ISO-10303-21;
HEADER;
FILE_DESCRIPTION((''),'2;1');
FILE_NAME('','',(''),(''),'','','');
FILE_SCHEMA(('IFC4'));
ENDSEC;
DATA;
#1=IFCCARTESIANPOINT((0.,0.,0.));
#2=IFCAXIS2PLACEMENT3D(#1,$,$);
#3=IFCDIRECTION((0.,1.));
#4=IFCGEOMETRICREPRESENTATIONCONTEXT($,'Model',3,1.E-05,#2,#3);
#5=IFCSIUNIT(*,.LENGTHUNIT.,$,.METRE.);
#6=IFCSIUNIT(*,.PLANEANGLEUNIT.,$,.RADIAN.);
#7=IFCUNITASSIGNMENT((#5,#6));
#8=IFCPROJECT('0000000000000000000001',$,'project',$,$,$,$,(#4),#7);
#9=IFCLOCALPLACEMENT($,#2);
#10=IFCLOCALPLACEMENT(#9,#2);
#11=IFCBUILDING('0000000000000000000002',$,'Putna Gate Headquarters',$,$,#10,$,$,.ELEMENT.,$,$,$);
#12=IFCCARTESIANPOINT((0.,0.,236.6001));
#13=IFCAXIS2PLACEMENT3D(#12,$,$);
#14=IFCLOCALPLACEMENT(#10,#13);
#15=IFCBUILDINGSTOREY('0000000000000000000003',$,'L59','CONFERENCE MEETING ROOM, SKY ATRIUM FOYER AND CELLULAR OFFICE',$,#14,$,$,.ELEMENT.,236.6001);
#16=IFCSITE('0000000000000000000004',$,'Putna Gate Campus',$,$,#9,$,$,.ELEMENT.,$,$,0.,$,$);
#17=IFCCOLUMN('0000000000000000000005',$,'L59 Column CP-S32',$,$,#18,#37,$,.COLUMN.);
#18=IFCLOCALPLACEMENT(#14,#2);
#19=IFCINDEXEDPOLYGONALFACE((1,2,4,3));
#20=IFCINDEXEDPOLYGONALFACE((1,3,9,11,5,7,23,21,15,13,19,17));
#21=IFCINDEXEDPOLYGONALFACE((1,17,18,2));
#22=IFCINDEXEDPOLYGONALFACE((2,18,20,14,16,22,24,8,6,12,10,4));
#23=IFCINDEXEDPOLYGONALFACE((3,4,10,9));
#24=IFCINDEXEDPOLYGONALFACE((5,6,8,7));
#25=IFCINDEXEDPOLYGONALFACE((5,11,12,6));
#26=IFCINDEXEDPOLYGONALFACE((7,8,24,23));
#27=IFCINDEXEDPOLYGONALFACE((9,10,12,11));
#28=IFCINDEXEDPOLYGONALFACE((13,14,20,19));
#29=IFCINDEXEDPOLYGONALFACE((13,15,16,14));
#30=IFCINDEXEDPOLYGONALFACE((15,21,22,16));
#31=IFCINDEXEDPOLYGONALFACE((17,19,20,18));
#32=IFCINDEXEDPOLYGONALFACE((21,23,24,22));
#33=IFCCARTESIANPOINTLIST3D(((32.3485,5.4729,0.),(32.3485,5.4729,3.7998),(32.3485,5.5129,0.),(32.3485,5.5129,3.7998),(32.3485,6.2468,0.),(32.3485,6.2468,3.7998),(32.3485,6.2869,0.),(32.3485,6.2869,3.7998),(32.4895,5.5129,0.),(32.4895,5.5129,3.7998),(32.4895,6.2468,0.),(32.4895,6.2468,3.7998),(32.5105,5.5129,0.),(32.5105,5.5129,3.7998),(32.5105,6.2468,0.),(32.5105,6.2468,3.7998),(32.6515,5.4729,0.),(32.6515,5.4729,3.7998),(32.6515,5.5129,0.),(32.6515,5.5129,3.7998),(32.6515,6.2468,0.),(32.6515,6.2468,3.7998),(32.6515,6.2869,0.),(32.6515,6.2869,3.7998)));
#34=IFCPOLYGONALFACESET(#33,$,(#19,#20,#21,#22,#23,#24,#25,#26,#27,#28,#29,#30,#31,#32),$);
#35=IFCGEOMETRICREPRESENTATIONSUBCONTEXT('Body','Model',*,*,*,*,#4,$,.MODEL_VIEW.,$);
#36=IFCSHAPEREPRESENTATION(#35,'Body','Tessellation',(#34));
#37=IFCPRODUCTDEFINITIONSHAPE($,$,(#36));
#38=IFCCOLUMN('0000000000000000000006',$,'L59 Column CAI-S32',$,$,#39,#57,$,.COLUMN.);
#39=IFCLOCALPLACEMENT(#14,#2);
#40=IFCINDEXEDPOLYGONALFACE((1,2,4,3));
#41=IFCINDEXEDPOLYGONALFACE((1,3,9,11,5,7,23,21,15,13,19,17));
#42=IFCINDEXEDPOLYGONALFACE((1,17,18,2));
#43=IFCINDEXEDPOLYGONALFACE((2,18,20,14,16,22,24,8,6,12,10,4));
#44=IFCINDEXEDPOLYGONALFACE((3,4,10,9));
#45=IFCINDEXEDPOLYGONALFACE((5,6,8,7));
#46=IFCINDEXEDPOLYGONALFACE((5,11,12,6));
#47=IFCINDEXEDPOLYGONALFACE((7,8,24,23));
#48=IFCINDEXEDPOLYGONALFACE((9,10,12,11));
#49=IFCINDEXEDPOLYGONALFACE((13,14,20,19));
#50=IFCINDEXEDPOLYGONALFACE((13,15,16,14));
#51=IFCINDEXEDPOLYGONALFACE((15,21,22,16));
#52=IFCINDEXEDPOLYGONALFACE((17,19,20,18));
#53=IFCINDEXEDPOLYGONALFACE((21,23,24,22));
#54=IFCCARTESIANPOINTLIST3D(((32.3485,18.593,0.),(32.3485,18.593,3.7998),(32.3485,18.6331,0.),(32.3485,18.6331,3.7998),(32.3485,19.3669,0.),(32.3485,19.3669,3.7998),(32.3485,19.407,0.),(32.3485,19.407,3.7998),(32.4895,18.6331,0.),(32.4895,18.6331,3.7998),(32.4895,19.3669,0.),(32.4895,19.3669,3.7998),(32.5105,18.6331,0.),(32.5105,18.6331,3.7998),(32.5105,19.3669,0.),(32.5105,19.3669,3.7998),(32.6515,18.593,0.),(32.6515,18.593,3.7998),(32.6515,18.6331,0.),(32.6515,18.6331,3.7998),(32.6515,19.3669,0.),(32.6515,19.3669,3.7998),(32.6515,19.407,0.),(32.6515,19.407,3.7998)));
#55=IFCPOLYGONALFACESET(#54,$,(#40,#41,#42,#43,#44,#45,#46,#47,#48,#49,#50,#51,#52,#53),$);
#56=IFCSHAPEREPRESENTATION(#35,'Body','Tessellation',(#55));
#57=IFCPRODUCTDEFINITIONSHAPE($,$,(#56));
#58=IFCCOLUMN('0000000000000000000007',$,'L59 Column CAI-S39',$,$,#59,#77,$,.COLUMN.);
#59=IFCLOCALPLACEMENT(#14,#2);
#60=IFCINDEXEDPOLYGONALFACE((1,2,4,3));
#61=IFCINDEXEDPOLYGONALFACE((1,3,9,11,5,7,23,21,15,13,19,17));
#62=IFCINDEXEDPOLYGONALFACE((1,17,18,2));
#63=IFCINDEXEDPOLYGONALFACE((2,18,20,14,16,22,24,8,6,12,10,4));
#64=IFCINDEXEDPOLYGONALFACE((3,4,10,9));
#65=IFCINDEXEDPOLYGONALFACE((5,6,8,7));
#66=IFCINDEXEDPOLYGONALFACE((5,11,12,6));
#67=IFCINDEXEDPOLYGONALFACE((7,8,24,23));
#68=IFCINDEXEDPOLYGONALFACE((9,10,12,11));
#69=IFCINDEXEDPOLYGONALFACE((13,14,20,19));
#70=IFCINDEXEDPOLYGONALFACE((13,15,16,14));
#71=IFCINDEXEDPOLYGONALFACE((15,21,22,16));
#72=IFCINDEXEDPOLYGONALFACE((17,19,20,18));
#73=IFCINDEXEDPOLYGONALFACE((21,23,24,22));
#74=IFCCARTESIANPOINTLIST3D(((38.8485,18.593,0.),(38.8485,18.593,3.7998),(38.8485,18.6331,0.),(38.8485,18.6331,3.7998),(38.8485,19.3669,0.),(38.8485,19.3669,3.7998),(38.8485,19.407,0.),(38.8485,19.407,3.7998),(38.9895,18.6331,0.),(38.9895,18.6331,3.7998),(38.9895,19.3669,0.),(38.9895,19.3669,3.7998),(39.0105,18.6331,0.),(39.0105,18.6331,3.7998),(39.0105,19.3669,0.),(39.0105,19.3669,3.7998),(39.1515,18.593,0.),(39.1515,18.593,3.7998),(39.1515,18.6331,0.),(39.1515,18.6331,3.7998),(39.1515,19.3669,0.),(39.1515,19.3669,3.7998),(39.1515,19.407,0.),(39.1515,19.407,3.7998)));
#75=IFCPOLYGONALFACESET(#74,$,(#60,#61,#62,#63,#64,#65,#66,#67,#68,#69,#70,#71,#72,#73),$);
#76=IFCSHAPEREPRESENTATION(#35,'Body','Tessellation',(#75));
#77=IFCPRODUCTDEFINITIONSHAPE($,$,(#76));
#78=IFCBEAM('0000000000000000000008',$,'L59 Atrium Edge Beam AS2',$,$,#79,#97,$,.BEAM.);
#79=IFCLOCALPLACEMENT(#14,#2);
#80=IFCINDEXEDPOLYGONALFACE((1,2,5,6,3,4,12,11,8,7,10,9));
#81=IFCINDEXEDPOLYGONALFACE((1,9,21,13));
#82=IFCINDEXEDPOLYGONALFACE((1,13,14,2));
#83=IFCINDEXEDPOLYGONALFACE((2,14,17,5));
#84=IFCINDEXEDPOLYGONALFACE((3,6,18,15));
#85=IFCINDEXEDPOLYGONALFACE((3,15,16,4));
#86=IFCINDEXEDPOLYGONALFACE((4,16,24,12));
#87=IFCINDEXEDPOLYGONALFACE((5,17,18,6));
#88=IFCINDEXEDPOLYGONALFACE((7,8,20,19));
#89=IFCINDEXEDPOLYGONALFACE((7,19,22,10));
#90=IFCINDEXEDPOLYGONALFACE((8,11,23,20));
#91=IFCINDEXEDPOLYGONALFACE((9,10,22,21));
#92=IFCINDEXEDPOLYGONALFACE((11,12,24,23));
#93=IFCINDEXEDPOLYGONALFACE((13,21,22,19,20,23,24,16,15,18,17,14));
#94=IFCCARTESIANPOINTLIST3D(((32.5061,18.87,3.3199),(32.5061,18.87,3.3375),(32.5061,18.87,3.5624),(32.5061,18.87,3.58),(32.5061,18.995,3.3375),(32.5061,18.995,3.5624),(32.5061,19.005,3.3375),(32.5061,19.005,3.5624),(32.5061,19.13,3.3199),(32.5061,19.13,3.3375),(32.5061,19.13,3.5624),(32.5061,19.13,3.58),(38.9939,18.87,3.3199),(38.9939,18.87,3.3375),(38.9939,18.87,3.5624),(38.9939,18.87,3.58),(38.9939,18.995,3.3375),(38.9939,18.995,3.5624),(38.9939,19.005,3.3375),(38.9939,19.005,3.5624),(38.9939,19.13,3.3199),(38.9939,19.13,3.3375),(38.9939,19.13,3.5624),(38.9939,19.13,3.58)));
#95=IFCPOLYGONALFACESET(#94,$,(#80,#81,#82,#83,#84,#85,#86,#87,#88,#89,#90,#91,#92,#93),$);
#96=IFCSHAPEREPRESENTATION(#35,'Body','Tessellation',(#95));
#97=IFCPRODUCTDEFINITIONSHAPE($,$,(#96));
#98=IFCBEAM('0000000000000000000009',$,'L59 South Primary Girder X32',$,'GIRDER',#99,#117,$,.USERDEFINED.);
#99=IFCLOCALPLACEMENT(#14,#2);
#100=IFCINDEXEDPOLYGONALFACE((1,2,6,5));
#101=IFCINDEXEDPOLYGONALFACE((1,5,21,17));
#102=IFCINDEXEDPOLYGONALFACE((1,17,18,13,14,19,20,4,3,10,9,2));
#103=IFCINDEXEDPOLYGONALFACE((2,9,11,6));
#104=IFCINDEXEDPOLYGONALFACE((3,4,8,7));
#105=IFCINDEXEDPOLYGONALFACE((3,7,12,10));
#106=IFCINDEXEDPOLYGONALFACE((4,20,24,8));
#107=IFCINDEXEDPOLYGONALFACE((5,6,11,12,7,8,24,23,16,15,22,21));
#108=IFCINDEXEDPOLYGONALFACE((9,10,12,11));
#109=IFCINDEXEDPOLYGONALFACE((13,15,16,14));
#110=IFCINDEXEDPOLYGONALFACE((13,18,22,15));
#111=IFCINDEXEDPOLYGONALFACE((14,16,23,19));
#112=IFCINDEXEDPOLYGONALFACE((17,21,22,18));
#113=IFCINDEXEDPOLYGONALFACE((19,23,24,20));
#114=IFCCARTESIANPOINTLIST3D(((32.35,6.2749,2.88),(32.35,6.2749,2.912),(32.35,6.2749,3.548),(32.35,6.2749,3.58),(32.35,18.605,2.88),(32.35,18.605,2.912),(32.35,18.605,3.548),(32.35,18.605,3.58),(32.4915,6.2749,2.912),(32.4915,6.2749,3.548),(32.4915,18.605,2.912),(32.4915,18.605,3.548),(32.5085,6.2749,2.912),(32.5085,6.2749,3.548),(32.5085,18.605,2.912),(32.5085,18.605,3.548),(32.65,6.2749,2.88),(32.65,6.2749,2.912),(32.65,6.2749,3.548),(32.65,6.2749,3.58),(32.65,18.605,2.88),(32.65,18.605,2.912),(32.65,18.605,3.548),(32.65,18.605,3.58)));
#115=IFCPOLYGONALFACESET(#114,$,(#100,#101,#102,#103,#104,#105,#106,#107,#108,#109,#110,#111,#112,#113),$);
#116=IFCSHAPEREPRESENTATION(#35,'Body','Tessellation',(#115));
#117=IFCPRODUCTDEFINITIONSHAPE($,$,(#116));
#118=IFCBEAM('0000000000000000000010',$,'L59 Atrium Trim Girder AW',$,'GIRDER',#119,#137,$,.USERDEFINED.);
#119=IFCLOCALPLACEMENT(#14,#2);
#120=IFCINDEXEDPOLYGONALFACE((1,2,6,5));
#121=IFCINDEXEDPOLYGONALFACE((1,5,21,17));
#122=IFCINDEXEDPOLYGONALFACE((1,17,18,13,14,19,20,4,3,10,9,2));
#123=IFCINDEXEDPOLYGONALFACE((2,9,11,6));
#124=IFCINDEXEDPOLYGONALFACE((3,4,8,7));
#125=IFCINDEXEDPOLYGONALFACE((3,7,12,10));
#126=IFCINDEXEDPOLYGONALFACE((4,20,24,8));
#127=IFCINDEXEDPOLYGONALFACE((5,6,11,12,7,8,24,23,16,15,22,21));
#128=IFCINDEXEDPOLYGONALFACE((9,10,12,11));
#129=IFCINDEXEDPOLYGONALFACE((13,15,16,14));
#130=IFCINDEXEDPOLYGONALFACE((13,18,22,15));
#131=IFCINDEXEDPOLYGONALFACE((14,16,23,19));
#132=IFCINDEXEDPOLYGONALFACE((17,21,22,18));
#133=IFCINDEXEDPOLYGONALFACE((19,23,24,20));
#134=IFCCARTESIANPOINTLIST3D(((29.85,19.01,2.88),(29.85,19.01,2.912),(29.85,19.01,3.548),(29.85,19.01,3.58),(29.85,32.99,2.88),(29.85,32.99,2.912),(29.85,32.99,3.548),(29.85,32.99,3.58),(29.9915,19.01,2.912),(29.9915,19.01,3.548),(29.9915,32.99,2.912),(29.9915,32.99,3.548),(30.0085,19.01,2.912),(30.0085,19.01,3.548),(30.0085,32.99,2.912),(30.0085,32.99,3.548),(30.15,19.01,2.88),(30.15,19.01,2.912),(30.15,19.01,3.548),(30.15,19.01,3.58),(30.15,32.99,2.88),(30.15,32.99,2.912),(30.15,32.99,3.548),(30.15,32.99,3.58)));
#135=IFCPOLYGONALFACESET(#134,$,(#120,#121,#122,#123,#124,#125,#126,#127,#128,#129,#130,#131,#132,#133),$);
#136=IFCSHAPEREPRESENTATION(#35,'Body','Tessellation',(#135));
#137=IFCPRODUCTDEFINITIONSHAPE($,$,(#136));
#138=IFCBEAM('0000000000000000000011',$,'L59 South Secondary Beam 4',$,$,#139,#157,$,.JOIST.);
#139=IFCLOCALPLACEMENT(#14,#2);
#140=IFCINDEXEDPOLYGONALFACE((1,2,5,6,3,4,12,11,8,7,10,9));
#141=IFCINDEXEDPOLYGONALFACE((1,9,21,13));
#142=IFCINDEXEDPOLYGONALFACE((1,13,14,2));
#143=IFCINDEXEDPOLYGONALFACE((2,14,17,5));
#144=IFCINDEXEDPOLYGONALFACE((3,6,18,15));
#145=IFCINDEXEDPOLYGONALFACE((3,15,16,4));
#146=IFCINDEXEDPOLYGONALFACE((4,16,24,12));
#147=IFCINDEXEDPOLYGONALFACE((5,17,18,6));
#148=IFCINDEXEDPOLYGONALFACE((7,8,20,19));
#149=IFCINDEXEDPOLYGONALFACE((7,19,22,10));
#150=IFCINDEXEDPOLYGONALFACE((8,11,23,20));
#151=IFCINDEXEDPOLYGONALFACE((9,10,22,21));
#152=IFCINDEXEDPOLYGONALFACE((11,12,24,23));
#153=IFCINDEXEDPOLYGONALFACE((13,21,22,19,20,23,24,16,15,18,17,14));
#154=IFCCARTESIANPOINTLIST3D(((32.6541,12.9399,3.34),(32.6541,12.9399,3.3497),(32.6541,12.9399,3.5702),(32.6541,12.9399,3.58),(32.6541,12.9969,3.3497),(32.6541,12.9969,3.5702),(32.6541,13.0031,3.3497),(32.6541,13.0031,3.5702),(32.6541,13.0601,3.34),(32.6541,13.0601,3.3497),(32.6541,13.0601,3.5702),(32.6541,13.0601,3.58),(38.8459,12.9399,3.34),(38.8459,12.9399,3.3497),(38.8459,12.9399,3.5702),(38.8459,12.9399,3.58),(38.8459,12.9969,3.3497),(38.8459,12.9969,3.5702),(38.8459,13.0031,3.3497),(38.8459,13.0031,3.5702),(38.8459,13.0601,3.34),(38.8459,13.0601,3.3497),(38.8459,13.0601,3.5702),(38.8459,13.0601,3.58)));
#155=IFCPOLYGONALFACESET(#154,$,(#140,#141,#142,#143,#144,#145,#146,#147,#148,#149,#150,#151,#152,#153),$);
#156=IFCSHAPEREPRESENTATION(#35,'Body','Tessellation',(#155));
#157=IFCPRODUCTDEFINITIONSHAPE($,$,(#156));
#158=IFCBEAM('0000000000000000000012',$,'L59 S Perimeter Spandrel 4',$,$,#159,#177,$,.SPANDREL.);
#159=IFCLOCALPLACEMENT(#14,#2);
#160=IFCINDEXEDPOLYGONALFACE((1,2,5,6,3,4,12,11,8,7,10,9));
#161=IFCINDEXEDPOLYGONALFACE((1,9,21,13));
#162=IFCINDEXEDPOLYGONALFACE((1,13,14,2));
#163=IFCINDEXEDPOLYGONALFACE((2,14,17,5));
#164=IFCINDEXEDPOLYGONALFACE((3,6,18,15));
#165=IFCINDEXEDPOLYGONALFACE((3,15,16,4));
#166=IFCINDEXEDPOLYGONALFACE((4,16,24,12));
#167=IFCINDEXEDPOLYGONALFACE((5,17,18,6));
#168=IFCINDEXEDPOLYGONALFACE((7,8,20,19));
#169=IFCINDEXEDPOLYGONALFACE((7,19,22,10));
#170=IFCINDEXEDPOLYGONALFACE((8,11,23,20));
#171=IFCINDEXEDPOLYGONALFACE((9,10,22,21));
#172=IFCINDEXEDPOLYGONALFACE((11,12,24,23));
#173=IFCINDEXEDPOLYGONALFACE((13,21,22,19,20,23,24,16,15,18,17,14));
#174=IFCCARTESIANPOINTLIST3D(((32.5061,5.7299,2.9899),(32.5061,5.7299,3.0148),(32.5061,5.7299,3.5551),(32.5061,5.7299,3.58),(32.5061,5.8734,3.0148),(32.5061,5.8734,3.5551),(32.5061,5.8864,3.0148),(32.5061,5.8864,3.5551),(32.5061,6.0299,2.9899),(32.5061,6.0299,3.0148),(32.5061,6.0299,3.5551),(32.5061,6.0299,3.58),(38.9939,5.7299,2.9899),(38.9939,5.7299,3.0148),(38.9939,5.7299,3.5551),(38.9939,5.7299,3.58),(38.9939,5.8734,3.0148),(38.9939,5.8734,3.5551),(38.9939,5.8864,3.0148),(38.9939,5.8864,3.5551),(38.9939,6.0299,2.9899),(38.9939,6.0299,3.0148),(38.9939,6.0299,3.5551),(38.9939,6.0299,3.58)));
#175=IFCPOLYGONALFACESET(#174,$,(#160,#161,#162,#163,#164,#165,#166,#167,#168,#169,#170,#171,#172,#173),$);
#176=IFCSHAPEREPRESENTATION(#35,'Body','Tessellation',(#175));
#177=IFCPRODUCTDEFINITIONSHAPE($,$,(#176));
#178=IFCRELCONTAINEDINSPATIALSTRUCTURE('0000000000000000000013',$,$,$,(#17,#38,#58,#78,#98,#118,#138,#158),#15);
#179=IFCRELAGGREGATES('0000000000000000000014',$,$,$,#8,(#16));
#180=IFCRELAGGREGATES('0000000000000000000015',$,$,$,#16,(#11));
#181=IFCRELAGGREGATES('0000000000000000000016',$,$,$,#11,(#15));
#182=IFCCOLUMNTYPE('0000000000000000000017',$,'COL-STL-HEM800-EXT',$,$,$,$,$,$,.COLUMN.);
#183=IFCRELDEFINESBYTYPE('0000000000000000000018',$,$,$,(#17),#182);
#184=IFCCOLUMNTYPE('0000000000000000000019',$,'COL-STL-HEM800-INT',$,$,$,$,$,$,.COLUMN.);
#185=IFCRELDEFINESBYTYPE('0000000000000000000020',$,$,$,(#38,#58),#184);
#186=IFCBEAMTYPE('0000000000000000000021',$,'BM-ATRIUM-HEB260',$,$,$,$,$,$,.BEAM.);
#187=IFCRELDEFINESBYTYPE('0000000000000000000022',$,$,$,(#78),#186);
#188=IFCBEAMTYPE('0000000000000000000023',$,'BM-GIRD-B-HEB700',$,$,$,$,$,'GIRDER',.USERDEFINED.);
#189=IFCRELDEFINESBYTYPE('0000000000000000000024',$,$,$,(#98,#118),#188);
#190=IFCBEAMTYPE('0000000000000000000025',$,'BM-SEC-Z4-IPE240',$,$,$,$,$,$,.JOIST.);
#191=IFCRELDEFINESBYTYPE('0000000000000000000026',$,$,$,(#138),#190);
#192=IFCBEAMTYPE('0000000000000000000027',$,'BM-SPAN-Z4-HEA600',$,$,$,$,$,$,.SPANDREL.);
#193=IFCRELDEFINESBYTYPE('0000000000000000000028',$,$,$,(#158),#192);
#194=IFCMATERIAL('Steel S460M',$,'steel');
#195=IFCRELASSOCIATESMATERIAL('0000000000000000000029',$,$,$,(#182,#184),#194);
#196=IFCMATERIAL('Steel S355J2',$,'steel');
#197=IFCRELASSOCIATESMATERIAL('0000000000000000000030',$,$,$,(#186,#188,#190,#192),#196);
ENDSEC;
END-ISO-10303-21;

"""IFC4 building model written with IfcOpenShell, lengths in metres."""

from ifc_helpers import new_model, si_unit, direction, frame, origin, origin_2d, place, context, subcontext, project, spatial, i_section, extrude, material, material_profile, profile_set, type_object, element, save


model = new_model("IFC4")

# Units and contexts
model_context = context("Model", 3, precision=1e-05, world=origin(), true_north=direction((0.0, 1.0)))
body_context = subcontext(model_context, "Body", "Model", "MODEL_VIEW")
ifc_project = project(units=[si_unit("LENGTHUNIT", "METRE"), si_unit("PLANEANGLEUNIT", "RADIAN")], contexts=[model_context])

# Site, building, storey
site_placement = place(None, origin())
site = spatial("IfcSite", under=ifc_project, at=site_placement, Name="Putna Gate Campus", CompositionType="ELEMENT", RefElevation=0.0)
building_placement = place(site_placement, origin())
building = spatial("IfcBuilding", under=site, at=building_placement, Name="Putna Gate Headquarters", CompositionType="ELEMENT")
storey_placement = place(building_placement, frame((0.0, 0.0, 236.6001)))
storey = spatial("IfcBuildingStorey", under=building, at=storey_placement, Name="L59", Description="CONFERENCE MEETING ROOM, SKY ATRIUM FOYER AND CELLULAR OFFICE", CompositionType="ELEMENT", Elevation=236.6001)

# Columns
ifc_material_1 = material(Name="Steel S460M", Category="steel")
ifc_material_profile_1 = material_profile(ifc_material_1, i_section(OverallWidth=0.303, OverallDepth=0.814, WebThickness=0.021, FlangeThickness=0.04, at=origin_2d()), Name="Steel S460M")
ifc_profile_set_1 = profile_set([ifc_material_profile_1], Name="Steel S460M")
column_type_1 = type_object("IfcColumnType", Name="COL-STL-HEM800-EXT", PredefinedType="COLUMN", material=ifc_profile_set_1)
column_placement = place(storey_placement, frame((32.5, 5.8799, 0.0), z_axis=(0.0, 0.0, 1.0), x_axis=(1.0, 0.0, 0.0)))
element("IfcColumn", 1, at=column_placement, inside=storey, type_object=column_type_1, Name="L59 Column CP-S32", PredefinedType="COLUMN", context=body_context, shape_type="SweptSolid", body=[
    extrude(i_section(OverallWidth=0.303, OverallDepth=0.814, WebThickness=0.021, FlangeThickness=0.04, at=origin_2d()), origin(), (0.0, 0.0, 1.0), 3.7998),
])
ifc_material_profile_2 = material_profile(ifc_material_1, i_section(OverallWidth=0.303, OverallDepth=0.814, WebThickness=0.021, FlangeThickness=0.04, at=origin_2d()), Name="Steel S460M")
ifc_profile_set_2 = profile_set([ifc_material_profile_2], Name="Steel S460M")
column_type_2 = type_object("IfcColumnType", Name="COL-STL-HEM800-INT", PredefinedType="COLUMN", material=ifc_profile_set_2)
for number, where, z_axis, x_axis, name in (
    (2, (32.5, 19.0, 0.0), (0.0, 0.0, 1.0), (1.0, 0.0, 0.0), "L59 Column CAI-S32"),
    (3, (39.0, 19.0, 0.0), (0.0, 0.0, 1.0), (1.0, 0.0, 0.0), "L59 Column CAI-S39"),
):
    element("IfcColumn", number, at=place(storey_placement, frame(where, z_axis=z_axis, x_axis=x_axis)), inside=storey, type_object=column_type_2, Name=name, PredefinedType="COLUMN", context=body_context, shape_type="SweptSolid", body=[
        extrude(i_section(OverallWidth=0.303, OverallDepth=0.814, WebThickness=0.021, FlangeThickness=0.04, at=origin_2d()), origin(), (0.0, 0.0, 1.0), 3.7998),
    ])

# Beams
ifc_material_2 = material(Name="Steel S355J2", Category="steel")
ifc_material_profile_3 = material_profile(ifc_material_2, i_section(OverallWidth=0.26, OverallDepth=0.26, WebThickness=0.01, FlangeThickness=0.0176, at=origin_2d()), Name="Steel S355J2")
ifc_profile_set_3 = profile_set([ifc_material_profile_3], Name="Steel S355J2")
beam_type_1 = type_object("IfcBeamType", Name="BM-ATRIUM-HEB260", PredefinedType="BEAM", material=ifc_profile_set_3)
beam_1_placement = place(storey_placement, frame((32.5061, 19.0, 3.45), z_axis=(1.0, 0.0, 0.0), x_axis=(0.0, 1.0, 0.0)))
element("IfcBeam", 4, at=beam_1_placement, inside=storey, type_object=beam_type_1, Name="L59 Atrium Edge Beam AS2", PredefinedType="BEAM", context=body_context, shape_type="SweptSolid", body=[
    extrude(i_section(OverallWidth=0.26, OverallDepth=0.26, WebThickness=0.01, FlangeThickness=0.0176, at=origin_2d()), origin(), (0.0, 0.0, 1.0), 6.4878),
])
ifc_material_profile_4 = material_profile(ifc_material_2, i_section(OverallWidth=0.3, OverallDepth=0.7, WebThickness=0.0171, FlangeThickness=0.032, at=origin_2d()), Name="Steel S355J2")
ifc_profile_set_4 = profile_set([ifc_material_profile_4], Name="Steel S355J2")
beam_type_2 = type_object("IfcBeamType", Name="BM-GIRD-B-HEB700", ElementType="GIRDER", PredefinedType="USERDEFINED", material=ifc_profile_set_4)
beam_2_placement = place(storey_placement, frame((32.5, 6.2749, 3.23), z_axis=(0.0, 1.0, 0.0), x_axis=(-1.0, 0.0, 0.0)))
element("IfcBeam", 5, at=beam_2_placement, inside=storey, type_object=beam_type_2, Name="L59 South Primary Girder X32", ObjectType="GIRDER", PredefinedType="USERDEFINED", context=body_context, shape_type="SweptSolid", body=[
    extrude(i_section(OverallWidth=0.3, OverallDepth=0.7, WebThickness=0.0171, FlangeThickness=0.032, at=origin_2d()), origin(), (0.0, 0.0, 1.0), 12.3301),
])
beam_3_placement = place(storey_placement, frame((30.0, 19.01, 3.23), z_axis=(0.0, 1.0, 0.0), x_axis=(-1.0, 0.0, 0.0)))
element("IfcBeam", 6, at=beam_3_placement, inside=storey, type_object=beam_type_2, Name="L59 Atrium Trim Girder AW", ObjectType="GIRDER", PredefinedType="USERDEFINED", context=body_context, shape_type="SweptSolid", body=[
    extrude(i_section(OverallWidth=0.3, OverallDepth=0.7, WebThickness=0.0171, FlangeThickness=0.032, at=origin_2d()), origin(), (0.0, 0.0, 1.0), 13.98),
])
ifc_material_profile_5 = material_profile(ifc_material_2, i_section(OverallWidth=0.1201, OverallDepth=0.24, WebThickness=0.0061, FlangeThickness=0.0098, at=origin_2d()), Name="Steel S355J2")
ifc_profile_set_5 = profile_set([ifc_material_profile_5], Name="Steel S355J2")
beam_type_3 = type_object("IfcBeamType", Name="BM-SEC-Z4-IPE240", PredefinedType="JOIST", material=ifc_profile_set_5)
beam_4_placement = place(storey_placement, frame((32.6541, 13.0, 3.46), z_axis=(1.0, 0.0, 0.0), x_axis=(0.0, 1.0, 0.0)))
element("IfcBeam", 7, at=beam_4_placement, inside=storey, type_object=beam_type_3, Name="L59 South Secondary Beam 4", PredefinedType="JOIST", context=body_context, shape_type="SweptSolid", body=[
    extrude(i_section(OverallWidth=0.1201, OverallDepth=0.24, WebThickness=0.0061, FlangeThickness=0.0098, at=origin_2d()), origin(), (0.0, 0.0, 1.0), 6.1919),
])
ifc_material_profile_6 = material_profile(ifc_material_2, i_section(OverallWidth=0.3, OverallDepth=0.5901, WebThickness=0.0129, FlangeThickness=0.0249, at=origin_2d()), Name="Steel S355J2")
ifc_profile_set_6 = profile_set([ifc_material_profile_6], Name="Steel S355J2")
beam_type_4 = type_object("IfcBeamType", Name="BM-SPAN-Z4-HEA600", PredefinedType="SPANDREL", material=ifc_profile_set_6)
beam_5_placement = place(storey_placement, frame((32.5061, 5.8799, 3.2849), z_axis=(1.0, 0.0, 0.0), x_axis=(0.0, 1.0, 0.0)))
element("IfcBeam", 8, at=beam_5_placement, inside=storey, type_object=beam_type_4, Name="L59 S Perimeter Spandrel 4", PredefinedType="SPANDREL", context=body_context, shape_type="SweptSolid", body=[
    extrude(i_section(OverallWidth=0.3, OverallDepth=0.5901, WebThickness=0.0129, FlangeThickness=0.0249, at=origin_2d()), origin(), (0.0, 0.0, 1.0), 6.4878),
])

save(model, "model.ifc")
